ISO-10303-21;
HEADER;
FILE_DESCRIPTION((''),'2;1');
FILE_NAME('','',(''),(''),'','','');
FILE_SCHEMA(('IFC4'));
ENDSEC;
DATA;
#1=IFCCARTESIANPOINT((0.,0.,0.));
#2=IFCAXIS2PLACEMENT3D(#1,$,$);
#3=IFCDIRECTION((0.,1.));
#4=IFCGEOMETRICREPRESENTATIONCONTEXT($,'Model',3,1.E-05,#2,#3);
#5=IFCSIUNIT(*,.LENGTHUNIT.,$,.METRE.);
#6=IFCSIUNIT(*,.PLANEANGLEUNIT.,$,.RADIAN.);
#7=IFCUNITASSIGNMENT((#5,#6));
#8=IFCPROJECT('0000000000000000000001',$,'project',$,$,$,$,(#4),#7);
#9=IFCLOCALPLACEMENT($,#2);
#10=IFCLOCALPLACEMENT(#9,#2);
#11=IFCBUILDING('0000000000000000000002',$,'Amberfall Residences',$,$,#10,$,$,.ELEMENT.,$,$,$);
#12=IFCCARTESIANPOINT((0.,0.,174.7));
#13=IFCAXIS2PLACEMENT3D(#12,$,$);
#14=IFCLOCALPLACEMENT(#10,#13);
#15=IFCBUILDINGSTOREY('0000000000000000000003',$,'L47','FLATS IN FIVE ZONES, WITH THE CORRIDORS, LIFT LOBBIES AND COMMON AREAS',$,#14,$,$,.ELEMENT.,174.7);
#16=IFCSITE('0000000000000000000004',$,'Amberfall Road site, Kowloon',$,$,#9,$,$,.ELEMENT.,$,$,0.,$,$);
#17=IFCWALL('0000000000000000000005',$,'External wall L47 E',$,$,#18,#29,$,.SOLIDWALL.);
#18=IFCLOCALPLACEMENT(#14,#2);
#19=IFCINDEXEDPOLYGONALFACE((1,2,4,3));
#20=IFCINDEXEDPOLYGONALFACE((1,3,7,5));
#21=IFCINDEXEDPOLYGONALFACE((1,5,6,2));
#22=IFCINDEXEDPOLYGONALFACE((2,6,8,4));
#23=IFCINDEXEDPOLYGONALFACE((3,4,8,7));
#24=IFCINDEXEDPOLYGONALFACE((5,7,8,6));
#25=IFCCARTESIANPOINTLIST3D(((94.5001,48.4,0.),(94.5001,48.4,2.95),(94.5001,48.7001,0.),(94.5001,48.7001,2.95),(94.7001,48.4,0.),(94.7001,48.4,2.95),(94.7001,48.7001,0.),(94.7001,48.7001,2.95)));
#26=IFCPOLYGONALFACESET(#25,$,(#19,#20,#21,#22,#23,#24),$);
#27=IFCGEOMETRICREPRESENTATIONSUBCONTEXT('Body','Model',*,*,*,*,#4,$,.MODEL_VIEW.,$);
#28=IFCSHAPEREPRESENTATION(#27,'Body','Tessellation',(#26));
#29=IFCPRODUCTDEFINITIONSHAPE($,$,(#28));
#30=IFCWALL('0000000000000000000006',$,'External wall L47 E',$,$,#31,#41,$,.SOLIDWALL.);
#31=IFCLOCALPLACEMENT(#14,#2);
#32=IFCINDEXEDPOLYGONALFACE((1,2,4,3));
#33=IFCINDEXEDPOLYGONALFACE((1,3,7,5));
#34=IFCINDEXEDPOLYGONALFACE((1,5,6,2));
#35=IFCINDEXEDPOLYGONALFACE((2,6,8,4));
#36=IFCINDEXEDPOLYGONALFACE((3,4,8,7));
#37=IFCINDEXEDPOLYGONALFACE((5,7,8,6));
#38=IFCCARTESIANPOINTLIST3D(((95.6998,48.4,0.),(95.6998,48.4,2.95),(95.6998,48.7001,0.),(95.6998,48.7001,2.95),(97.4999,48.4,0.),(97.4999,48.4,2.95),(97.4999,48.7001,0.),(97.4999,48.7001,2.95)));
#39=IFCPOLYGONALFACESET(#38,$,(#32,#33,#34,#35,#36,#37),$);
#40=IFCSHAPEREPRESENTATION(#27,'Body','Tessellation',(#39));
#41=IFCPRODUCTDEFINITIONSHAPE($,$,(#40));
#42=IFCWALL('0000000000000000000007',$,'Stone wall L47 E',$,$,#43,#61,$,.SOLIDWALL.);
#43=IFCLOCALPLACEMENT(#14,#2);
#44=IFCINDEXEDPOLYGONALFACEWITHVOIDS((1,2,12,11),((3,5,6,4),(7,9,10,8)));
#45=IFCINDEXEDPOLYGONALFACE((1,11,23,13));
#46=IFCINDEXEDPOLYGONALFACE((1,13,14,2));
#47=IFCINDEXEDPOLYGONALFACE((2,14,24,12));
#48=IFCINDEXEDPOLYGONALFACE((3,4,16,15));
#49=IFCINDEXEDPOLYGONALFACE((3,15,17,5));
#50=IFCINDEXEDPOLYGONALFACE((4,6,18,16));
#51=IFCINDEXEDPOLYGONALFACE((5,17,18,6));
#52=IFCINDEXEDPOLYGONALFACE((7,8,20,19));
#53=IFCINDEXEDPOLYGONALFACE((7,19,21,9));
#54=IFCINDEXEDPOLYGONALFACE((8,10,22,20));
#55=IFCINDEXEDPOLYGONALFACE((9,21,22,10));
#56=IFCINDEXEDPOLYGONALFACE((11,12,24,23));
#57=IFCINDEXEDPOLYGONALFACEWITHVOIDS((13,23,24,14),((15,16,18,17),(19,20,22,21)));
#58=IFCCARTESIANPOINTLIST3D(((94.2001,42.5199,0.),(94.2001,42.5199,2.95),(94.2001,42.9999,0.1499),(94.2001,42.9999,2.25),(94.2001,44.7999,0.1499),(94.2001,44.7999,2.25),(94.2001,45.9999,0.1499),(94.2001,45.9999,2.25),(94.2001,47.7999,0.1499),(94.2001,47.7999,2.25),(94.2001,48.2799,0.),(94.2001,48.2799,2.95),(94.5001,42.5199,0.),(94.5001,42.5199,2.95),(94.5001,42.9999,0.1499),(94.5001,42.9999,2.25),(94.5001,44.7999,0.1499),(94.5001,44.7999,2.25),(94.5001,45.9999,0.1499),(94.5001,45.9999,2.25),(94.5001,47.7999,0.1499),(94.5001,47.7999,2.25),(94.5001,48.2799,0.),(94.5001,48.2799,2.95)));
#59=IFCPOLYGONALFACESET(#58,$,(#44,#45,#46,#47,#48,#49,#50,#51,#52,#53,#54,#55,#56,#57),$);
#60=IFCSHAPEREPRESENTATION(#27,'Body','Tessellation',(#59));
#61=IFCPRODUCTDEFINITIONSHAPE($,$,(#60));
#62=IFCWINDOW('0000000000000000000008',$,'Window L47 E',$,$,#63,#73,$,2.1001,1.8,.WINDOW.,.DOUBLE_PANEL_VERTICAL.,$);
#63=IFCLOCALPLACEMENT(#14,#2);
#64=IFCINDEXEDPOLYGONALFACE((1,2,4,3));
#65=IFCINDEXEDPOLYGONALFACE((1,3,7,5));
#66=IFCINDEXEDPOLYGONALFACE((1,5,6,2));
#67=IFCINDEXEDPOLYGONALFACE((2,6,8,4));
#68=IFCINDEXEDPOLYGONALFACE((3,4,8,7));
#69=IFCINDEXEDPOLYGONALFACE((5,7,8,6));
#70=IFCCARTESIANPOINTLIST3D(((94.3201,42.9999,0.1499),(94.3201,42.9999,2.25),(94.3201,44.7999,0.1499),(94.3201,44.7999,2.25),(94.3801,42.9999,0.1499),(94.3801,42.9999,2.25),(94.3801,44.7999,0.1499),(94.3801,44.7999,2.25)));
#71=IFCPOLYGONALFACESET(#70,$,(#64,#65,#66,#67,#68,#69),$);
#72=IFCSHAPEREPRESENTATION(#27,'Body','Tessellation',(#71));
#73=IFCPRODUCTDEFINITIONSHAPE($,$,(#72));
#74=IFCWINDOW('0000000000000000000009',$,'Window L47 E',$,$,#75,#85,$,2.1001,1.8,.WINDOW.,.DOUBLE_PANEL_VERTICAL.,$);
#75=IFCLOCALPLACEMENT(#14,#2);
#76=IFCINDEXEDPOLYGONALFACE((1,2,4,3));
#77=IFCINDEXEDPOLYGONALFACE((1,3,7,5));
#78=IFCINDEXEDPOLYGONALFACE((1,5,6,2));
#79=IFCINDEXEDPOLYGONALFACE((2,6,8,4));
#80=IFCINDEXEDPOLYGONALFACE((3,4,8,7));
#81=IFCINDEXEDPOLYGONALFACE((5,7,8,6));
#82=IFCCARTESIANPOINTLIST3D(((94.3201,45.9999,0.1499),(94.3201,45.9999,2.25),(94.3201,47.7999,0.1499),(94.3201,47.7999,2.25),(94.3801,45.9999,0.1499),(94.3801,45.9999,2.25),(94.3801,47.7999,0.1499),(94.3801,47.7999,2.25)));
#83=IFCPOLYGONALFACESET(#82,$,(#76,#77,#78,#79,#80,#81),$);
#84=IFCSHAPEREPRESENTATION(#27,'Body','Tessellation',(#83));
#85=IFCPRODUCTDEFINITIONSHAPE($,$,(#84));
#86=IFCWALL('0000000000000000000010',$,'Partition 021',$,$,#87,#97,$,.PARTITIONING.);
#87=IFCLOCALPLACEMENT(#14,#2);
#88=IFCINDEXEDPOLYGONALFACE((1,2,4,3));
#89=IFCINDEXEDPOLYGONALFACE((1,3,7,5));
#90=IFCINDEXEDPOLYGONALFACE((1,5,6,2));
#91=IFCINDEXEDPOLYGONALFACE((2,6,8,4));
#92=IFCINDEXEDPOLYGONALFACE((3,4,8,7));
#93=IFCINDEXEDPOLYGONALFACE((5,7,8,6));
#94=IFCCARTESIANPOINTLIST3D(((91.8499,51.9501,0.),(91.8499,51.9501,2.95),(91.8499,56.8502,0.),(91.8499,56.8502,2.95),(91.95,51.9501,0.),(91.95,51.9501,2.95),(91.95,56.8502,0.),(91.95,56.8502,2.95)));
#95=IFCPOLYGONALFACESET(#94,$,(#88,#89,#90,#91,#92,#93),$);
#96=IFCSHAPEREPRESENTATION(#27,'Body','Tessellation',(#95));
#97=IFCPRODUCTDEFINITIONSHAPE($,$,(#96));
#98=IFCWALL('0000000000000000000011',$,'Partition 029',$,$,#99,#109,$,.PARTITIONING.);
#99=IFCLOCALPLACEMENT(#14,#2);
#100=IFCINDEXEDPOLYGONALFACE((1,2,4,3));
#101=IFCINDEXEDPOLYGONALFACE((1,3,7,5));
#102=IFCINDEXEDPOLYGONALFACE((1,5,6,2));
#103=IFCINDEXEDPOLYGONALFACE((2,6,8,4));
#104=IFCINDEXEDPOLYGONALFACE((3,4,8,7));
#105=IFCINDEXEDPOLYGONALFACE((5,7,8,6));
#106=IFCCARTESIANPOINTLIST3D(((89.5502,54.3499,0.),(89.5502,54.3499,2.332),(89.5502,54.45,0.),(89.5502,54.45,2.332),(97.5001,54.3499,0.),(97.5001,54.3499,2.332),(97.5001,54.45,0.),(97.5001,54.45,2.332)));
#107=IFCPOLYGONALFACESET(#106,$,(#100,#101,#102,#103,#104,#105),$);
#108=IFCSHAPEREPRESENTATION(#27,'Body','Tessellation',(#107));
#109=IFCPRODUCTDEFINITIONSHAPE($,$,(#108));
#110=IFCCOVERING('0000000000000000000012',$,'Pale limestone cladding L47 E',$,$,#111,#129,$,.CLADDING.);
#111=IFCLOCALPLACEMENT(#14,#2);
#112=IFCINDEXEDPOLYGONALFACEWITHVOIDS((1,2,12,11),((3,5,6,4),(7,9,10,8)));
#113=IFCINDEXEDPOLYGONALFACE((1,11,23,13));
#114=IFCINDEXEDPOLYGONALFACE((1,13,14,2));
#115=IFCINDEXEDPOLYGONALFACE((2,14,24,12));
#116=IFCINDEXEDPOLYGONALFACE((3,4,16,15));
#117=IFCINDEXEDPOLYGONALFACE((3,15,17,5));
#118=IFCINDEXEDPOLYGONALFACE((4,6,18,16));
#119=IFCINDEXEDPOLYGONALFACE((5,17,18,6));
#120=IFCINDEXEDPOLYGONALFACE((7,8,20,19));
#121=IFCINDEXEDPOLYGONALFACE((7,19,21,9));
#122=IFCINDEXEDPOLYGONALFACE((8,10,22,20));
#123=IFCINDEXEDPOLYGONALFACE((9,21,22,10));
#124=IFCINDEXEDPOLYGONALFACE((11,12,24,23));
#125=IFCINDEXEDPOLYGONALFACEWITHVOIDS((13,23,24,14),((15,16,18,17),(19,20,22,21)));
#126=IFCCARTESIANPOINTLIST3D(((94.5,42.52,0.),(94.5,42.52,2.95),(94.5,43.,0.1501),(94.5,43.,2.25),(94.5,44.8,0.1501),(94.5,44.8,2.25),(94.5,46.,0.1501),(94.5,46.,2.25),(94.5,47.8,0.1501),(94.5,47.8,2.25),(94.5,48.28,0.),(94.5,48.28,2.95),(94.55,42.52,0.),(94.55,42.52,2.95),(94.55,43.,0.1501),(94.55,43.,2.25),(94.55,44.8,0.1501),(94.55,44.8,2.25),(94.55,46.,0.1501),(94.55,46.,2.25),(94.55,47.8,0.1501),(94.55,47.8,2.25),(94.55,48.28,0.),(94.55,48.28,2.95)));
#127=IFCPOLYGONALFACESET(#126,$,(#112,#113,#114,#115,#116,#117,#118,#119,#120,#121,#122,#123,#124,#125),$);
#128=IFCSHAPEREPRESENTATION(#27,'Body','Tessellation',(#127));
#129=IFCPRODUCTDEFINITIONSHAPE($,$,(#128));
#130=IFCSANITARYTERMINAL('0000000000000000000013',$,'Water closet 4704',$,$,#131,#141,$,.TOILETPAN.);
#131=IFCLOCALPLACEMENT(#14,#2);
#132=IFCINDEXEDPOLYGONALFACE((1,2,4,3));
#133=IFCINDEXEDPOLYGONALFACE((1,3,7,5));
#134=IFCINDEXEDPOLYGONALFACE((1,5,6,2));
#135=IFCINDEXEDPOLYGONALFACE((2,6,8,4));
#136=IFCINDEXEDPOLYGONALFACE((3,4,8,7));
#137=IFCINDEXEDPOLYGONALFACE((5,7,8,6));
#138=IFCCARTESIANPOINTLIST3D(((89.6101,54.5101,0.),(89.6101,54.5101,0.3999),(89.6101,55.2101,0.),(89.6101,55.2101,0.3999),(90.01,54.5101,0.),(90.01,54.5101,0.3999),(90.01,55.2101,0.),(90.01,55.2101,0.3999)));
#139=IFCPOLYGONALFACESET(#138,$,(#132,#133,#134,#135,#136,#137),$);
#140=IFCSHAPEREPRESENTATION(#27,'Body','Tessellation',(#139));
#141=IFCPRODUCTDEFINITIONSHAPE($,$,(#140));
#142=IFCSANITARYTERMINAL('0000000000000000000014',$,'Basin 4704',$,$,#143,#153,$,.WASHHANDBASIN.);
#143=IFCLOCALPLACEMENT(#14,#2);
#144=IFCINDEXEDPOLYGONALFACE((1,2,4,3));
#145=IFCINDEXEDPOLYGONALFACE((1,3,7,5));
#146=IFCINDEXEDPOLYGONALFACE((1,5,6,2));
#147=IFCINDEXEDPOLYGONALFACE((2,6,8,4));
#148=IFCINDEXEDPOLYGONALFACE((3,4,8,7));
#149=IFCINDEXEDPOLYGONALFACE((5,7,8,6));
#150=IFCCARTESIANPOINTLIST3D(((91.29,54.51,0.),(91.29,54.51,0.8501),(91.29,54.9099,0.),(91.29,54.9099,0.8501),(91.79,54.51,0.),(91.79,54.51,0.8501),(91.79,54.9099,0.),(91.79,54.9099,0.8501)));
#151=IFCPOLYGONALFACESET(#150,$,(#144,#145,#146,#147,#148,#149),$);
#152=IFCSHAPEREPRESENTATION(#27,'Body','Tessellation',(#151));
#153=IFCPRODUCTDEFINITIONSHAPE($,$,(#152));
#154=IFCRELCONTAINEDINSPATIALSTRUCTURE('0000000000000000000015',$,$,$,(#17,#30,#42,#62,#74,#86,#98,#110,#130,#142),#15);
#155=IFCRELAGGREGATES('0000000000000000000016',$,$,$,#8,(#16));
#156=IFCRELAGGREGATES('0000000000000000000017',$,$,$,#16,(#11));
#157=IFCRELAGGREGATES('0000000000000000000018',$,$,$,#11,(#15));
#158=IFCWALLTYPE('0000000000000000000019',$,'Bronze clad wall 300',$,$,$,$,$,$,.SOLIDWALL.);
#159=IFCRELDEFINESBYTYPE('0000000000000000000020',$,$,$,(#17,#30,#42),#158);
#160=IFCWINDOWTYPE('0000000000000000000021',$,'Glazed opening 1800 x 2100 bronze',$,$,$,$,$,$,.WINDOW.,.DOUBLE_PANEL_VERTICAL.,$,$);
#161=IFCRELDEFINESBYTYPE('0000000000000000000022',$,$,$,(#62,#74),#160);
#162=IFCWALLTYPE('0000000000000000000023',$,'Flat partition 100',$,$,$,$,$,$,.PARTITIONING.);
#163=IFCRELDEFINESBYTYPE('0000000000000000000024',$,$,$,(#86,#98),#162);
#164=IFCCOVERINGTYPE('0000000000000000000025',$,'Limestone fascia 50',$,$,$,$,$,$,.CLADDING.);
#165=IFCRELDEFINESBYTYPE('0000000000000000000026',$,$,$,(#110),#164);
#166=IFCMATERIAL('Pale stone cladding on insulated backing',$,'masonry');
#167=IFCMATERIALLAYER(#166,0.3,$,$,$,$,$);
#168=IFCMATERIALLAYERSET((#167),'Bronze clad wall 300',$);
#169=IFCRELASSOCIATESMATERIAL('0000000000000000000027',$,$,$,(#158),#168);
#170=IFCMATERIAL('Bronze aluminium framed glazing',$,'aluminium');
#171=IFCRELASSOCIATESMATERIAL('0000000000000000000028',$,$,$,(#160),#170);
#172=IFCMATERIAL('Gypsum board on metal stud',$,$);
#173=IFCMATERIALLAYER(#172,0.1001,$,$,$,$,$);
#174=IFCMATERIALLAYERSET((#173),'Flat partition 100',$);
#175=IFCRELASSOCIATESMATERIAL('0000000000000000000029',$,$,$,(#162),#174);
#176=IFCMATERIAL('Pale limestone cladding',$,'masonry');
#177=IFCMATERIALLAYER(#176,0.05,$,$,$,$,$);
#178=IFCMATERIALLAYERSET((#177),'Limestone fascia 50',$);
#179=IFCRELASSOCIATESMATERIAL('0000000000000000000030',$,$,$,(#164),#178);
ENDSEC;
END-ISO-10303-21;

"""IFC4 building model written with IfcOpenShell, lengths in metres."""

from ifc_helpers import new_model, si_unit, direction, frame, frame_2d, origin, origin_2d, place, context, subcontext, project, spatial, polyline, rectangle, outline, extrude, material, layer, layer_set, type_object, element, fill, save


model = new_model("IFC4")

# Units and contexts
model_context = context("Model", 3, precision=1e-05, world=origin(), true_north=direction((0.0, 1.0)))
body_context = subcontext(model_context, "Body", "Model", "MODEL_VIEW")
ifc_project = project(units=[si_unit("LENGTHUNIT", "METRE"), si_unit("PLANEANGLEUNIT", "RADIAN")], contexts=[model_context])

# Site, building, storey
site_placement = place(None, origin())
site = spatial("IfcSite", under=ifc_project, at=site_placement, Name="Amberfall Road site, Kowloon", CompositionType="ELEMENT", RefElevation=0.0)
building_placement = place(site_placement, origin())
building = spatial("IfcBuilding", under=site, at=building_placement, Name="Amberfall Residences", CompositionType="ELEMENT")
storey_placement = place(building_placement, frame((0.0, 0.0, 174.7)))
storey = spatial("IfcBuildingStorey", under=building, at=storey_placement, Name="L47", Description="FLATS IN FIVE ZONES, WITH THE CORRIDORS, LIFT LOBBIES AND COMMON AREAS", CompositionType="ELEMENT", Elevation=174.7)

# Walls
ifc_material_1 = material(Name="Pale stone cladding on insulated backing", Category="masonry")
ifc_layer_1 = layer(ifc_material_1, 0.3)
ifc_layer_set_1 = layer_set([ifc_layer_1], Name="Bronze clad wall 300")
wall_type_1 = type_object("IfcWallType", Name="Bronze clad wall 300", PredefinedType="SOLIDWALL", material=ifc_layer_set_1)
wall_1_placement = place(storey_placement, frame((94.5, 48.55, 0.0), z_axis=(0.0, 0.0, 1.0), x_axis=(1.0, 0.0, 0.0)))
element("IfcWall", 1, at=wall_1_placement, inside=storey, type_object=wall_type_1, Name="External wall L47 E", PredefinedType="SOLIDWALL", context=body_context, shape_type="SweptSolid", body=[
    extrude(rectangle(XDim=0.2, YDim=0.3, at=frame_2d((0.1001, 0.0))), origin(), (0.0, 0.0, 1.0), 2.95),
])
wall_2_placement = place(storey_placement, frame((95.7, 48.55, 0.0), z_axis=(0.0, 0.0, 1.0), x_axis=(1.0, 0.0, 0.0)))
element("IfcWall", 2, at=wall_2_placement, inside=storey, type_object=wall_type_1, Name="External wall L47 E", PredefinedType="SOLIDWALL", context=body_context, shape_type="SweptSolid", body=[
    extrude(rectangle(XDim=1.8, YDim=0.3, at=frame_2d((0.8999, 0.0))), origin(), (0.0, 0.0, 1.0), 2.95),
])

# Wall, openings, windows
wall_3_placement = place(storey_placement, frame((94.3501, 42.52, 0.0), z_axis=(0.0, 0.0, 1.0), x_axis=(0.0, 1.0, 0.0)))
wall_3 = element("IfcWall", 3, at=wall_3_placement, inside=storey, type_object=wall_type_1, Name="Stone wall L47 E", PredefinedType="SOLIDWALL", context=body_context, shape_type="SweptSolid", body=[
    extrude(rectangle(XDim=5.76, YDim=0.3, at=frame_2d((2.8799, 0.0))), origin(), (0.0, 0.0, 1.0), 2.95),
])
opening_1_placement = place(wall_3_placement, frame((0.48, 0.0, 0.1499)))
opening_1 = element("IfcOpeningElement", 4, at=opening_1_placement, cuts=wall_3, PredefinedType="OPENING", context=body_context, shape_type="SweptSolid", body=[
    extrude(rectangle(XDim=1.8, YDim=2.1001, at=frame_2d((0.8999, 1.05))), frame((0.0, 0.1599, 0.0), z_axis=(0.0, -1.0, 0.0), x_axis=(1.0, 0.0, 0.0)), (0.0, 0.0, 1.0), 0.3201),
])
opening_2_placement = place(wall_3_placement, frame((3.48, 0.0, 0.1499)))
opening_2 = element("IfcOpeningElement", 5, at=opening_2_placement, cuts=wall_3, PredefinedType="OPENING", context=body_context, shape_type="SweptSolid", body=[
    extrude(rectangle(XDim=1.8, YDim=2.1001, at=frame_2d((0.8999, 1.05))), frame((0.0, 0.1599, 0.0), z_axis=(0.0, -1.0, 0.0), x_axis=(1.0, 0.0, 0.0)), (0.0, 0.0, 1.0), 0.3201),
])
ifc_material_2 = material(Name="Bronze aluminium framed glazing", Category="aluminium")
window_type = type_object("IfcWindowType", Name="Glazed opening 1800 x 2100 bronze", PartitioningType="DOUBLE_PANEL_VERTICAL", PredefinedType="WINDOW", material=ifc_material_2)
window_1_placement = place(opening_1_placement, origin())
window_1 = element("IfcWindow", 6, at=window_1_placement, inside=storey, type_object=window_type, Name="Window L47 E", OverallHeight=2.1001, OverallWidth=1.8, PartitioningType="DOUBLE_PANEL_VERTICAL", PredefinedType="WINDOW", context=body_context, shape_type="SweptSolid", body=[
    extrude(rectangle(XDim=1.8, YDim=2.1001, at=frame_2d((0.8999, 1.05))), frame((0.0, 0.03, 0.0), z_axis=(0.0, -1.0, 0.0), x_axis=(1.0, 0.0, 0.0)), (0.0, 0.0, 1.0), 0.0601),
])
fill(opening_1, window_1)
window_2_placement = place(opening_2_placement, origin())
window_2 = element("IfcWindow", 7, at=window_2_placement, inside=storey, type_object=window_type, Name="Window L47 E", OverallHeight=2.1001, OverallWidth=1.8, PartitioningType="DOUBLE_PANEL_VERTICAL", PredefinedType="WINDOW", context=body_context, shape_type="SweptSolid", body=[
    extrude(rectangle(XDim=1.8, YDim=2.1001, at=frame_2d((0.8999, 1.05))), frame((0.0, 0.03, 0.0), z_axis=(0.0, -1.0, 0.0), x_axis=(1.0, 0.0, 0.0)), (0.0, 0.0, 1.0), 0.0601),
])
fill(opening_2, window_2)

# Walls
ifc_material_3 = material(Name="Gypsum board on metal stud")
ifc_layer_2 = layer(ifc_material_3, 0.1001)
ifc_layer_set_2 = layer_set([ifc_layer_2], Name="Flat partition 100")
wall_type_2 = type_object("IfcWallType", Name="Flat partition 100", PredefinedType="PARTITIONING", material=ifc_layer_set_2)
wall_4_placement = place(storey_placement, frame((91.8999, 51.95, 0.0), z_axis=(0.0, 0.0, 1.0), x_axis=(0.0, 1.0, 0.0)))
element("IfcWall", 8, at=wall_4_placement, inside=storey, type_object=wall_type_2, Name="Partition 021", PredefinedType="PARTITIONING", context=body_context, shape_type="SweptSolid", body=[
    extrude(rectangle(XDim=4.9001, YDim=0.1001, at=frame_2d((2.4502, 0.0))), origin(), (0.0, 0.0, 1.0), 2.95),
])
wall_5_placement = place(storey_placement, frame((89.55, 54.3999, 0.0), z_axis=(0.0, 0.0, 1.0), x_axis=(1.0, 0.0, 0.0)))
element("IfcWall", 9, at=wall_5_placement, inside=storey, type_object=wall_type_2, Name="Partition 029", PredefinedType="PARTITIONING", context=body_context, shape_type="SweptSolid", body=[
    extrude(rectangle(XDim=7.95, YDim=0.1001, at=frame_2d((3.9751, 0.0))), origin(), (0.0, 0.0, 1.0), 2.332),
])

# Covering
ifc_material_4 = material(Name="Pale limestone cladding", Category="masonry")
ifc_layer_3 = layer(ifc_material_4, 0.05)
ifc_layer_set_3 = layer_set([ifc_layer_3], Name="Limestone fascia 50")
covering_type = type_object("IfcCoveringType", Name="Limestone fascia 50", PredefinedType="CLADDING", material=ifc_layer_set_3)
covering_placement = place(storey_placement, frame((94.5, 42.52, 2.95), z_axis=(-1.0, 0.0, 0.0), x_axis=(0.0, 1.0, 0.0)))
element("IfcCovering", 10, at=covering_placement, inside=storey, type_object=covering_type, Name="Pale limestone cladding L47 E", PredefinedType="CLADDING", context=body_context, shape_type="SweptSolid", body=[
    extrude(outline(polyline([(0.0, 0.0), (5.76, 0.0), (5.76, 2.95), (0.0, 2.95), (0.0, 0.0)]), holes=[polyline([(0.48, 0.7), (2.28, 0.7), (2.28, 2.7998), (0.48, 2.7998), (0.48, 0.7)]), polyline([(3.48, 0.7), (5.28, 0.7), (5.28, 2.7998), (3.48, 2.7998), (3.48, 0.7)])]), origin(), (0.0, 0.0, -1.0), 0.05),
])

# Sanitary terminals
sanitary_terminal_1_placement = place(storey_placement, frame((89.8101, 54.8601, 0.0), z_axis=(0.0, 0.0, 1.0), x_axis=(1.0, 0.0, 0.0)))
element("IfcSanitaryTerminal", 11, at=sanitary_terminal_1_placement, inside=storey, Name="Water closet 4704", PredefinedType="TOILETPAN", context=body_context, shape_type="SweptSolid", body=[
    extrude(rectangle(XDim=0.3999, YDim=0.7, at=origin_2d()), origin(), (0.0, 0.0, 1.0), 0.3999),
])
sanitary_terminal_2_placement = place(storey_placement, frame((91.54, 54.71, 0.0), z_axis=(0.0, 0.0, 1.0), x_axis=(1.0, 0.0, 0.0)))
element("IfcSanitaryTerminal", 12, at=sanitary_terminal_2_placement, inside=storey, Name="Basin 4704", PredefinedType="WASHHANDBASIN", context=body_context, shape_type="SweptSolid", body=[
    extrude(rectangle(XDim=0.5, YDim=0.3999, at=origin_2d()), origin(), (0.0, 0.0, 1.0), 0.8501),
])

save(model, "model.ifc")
